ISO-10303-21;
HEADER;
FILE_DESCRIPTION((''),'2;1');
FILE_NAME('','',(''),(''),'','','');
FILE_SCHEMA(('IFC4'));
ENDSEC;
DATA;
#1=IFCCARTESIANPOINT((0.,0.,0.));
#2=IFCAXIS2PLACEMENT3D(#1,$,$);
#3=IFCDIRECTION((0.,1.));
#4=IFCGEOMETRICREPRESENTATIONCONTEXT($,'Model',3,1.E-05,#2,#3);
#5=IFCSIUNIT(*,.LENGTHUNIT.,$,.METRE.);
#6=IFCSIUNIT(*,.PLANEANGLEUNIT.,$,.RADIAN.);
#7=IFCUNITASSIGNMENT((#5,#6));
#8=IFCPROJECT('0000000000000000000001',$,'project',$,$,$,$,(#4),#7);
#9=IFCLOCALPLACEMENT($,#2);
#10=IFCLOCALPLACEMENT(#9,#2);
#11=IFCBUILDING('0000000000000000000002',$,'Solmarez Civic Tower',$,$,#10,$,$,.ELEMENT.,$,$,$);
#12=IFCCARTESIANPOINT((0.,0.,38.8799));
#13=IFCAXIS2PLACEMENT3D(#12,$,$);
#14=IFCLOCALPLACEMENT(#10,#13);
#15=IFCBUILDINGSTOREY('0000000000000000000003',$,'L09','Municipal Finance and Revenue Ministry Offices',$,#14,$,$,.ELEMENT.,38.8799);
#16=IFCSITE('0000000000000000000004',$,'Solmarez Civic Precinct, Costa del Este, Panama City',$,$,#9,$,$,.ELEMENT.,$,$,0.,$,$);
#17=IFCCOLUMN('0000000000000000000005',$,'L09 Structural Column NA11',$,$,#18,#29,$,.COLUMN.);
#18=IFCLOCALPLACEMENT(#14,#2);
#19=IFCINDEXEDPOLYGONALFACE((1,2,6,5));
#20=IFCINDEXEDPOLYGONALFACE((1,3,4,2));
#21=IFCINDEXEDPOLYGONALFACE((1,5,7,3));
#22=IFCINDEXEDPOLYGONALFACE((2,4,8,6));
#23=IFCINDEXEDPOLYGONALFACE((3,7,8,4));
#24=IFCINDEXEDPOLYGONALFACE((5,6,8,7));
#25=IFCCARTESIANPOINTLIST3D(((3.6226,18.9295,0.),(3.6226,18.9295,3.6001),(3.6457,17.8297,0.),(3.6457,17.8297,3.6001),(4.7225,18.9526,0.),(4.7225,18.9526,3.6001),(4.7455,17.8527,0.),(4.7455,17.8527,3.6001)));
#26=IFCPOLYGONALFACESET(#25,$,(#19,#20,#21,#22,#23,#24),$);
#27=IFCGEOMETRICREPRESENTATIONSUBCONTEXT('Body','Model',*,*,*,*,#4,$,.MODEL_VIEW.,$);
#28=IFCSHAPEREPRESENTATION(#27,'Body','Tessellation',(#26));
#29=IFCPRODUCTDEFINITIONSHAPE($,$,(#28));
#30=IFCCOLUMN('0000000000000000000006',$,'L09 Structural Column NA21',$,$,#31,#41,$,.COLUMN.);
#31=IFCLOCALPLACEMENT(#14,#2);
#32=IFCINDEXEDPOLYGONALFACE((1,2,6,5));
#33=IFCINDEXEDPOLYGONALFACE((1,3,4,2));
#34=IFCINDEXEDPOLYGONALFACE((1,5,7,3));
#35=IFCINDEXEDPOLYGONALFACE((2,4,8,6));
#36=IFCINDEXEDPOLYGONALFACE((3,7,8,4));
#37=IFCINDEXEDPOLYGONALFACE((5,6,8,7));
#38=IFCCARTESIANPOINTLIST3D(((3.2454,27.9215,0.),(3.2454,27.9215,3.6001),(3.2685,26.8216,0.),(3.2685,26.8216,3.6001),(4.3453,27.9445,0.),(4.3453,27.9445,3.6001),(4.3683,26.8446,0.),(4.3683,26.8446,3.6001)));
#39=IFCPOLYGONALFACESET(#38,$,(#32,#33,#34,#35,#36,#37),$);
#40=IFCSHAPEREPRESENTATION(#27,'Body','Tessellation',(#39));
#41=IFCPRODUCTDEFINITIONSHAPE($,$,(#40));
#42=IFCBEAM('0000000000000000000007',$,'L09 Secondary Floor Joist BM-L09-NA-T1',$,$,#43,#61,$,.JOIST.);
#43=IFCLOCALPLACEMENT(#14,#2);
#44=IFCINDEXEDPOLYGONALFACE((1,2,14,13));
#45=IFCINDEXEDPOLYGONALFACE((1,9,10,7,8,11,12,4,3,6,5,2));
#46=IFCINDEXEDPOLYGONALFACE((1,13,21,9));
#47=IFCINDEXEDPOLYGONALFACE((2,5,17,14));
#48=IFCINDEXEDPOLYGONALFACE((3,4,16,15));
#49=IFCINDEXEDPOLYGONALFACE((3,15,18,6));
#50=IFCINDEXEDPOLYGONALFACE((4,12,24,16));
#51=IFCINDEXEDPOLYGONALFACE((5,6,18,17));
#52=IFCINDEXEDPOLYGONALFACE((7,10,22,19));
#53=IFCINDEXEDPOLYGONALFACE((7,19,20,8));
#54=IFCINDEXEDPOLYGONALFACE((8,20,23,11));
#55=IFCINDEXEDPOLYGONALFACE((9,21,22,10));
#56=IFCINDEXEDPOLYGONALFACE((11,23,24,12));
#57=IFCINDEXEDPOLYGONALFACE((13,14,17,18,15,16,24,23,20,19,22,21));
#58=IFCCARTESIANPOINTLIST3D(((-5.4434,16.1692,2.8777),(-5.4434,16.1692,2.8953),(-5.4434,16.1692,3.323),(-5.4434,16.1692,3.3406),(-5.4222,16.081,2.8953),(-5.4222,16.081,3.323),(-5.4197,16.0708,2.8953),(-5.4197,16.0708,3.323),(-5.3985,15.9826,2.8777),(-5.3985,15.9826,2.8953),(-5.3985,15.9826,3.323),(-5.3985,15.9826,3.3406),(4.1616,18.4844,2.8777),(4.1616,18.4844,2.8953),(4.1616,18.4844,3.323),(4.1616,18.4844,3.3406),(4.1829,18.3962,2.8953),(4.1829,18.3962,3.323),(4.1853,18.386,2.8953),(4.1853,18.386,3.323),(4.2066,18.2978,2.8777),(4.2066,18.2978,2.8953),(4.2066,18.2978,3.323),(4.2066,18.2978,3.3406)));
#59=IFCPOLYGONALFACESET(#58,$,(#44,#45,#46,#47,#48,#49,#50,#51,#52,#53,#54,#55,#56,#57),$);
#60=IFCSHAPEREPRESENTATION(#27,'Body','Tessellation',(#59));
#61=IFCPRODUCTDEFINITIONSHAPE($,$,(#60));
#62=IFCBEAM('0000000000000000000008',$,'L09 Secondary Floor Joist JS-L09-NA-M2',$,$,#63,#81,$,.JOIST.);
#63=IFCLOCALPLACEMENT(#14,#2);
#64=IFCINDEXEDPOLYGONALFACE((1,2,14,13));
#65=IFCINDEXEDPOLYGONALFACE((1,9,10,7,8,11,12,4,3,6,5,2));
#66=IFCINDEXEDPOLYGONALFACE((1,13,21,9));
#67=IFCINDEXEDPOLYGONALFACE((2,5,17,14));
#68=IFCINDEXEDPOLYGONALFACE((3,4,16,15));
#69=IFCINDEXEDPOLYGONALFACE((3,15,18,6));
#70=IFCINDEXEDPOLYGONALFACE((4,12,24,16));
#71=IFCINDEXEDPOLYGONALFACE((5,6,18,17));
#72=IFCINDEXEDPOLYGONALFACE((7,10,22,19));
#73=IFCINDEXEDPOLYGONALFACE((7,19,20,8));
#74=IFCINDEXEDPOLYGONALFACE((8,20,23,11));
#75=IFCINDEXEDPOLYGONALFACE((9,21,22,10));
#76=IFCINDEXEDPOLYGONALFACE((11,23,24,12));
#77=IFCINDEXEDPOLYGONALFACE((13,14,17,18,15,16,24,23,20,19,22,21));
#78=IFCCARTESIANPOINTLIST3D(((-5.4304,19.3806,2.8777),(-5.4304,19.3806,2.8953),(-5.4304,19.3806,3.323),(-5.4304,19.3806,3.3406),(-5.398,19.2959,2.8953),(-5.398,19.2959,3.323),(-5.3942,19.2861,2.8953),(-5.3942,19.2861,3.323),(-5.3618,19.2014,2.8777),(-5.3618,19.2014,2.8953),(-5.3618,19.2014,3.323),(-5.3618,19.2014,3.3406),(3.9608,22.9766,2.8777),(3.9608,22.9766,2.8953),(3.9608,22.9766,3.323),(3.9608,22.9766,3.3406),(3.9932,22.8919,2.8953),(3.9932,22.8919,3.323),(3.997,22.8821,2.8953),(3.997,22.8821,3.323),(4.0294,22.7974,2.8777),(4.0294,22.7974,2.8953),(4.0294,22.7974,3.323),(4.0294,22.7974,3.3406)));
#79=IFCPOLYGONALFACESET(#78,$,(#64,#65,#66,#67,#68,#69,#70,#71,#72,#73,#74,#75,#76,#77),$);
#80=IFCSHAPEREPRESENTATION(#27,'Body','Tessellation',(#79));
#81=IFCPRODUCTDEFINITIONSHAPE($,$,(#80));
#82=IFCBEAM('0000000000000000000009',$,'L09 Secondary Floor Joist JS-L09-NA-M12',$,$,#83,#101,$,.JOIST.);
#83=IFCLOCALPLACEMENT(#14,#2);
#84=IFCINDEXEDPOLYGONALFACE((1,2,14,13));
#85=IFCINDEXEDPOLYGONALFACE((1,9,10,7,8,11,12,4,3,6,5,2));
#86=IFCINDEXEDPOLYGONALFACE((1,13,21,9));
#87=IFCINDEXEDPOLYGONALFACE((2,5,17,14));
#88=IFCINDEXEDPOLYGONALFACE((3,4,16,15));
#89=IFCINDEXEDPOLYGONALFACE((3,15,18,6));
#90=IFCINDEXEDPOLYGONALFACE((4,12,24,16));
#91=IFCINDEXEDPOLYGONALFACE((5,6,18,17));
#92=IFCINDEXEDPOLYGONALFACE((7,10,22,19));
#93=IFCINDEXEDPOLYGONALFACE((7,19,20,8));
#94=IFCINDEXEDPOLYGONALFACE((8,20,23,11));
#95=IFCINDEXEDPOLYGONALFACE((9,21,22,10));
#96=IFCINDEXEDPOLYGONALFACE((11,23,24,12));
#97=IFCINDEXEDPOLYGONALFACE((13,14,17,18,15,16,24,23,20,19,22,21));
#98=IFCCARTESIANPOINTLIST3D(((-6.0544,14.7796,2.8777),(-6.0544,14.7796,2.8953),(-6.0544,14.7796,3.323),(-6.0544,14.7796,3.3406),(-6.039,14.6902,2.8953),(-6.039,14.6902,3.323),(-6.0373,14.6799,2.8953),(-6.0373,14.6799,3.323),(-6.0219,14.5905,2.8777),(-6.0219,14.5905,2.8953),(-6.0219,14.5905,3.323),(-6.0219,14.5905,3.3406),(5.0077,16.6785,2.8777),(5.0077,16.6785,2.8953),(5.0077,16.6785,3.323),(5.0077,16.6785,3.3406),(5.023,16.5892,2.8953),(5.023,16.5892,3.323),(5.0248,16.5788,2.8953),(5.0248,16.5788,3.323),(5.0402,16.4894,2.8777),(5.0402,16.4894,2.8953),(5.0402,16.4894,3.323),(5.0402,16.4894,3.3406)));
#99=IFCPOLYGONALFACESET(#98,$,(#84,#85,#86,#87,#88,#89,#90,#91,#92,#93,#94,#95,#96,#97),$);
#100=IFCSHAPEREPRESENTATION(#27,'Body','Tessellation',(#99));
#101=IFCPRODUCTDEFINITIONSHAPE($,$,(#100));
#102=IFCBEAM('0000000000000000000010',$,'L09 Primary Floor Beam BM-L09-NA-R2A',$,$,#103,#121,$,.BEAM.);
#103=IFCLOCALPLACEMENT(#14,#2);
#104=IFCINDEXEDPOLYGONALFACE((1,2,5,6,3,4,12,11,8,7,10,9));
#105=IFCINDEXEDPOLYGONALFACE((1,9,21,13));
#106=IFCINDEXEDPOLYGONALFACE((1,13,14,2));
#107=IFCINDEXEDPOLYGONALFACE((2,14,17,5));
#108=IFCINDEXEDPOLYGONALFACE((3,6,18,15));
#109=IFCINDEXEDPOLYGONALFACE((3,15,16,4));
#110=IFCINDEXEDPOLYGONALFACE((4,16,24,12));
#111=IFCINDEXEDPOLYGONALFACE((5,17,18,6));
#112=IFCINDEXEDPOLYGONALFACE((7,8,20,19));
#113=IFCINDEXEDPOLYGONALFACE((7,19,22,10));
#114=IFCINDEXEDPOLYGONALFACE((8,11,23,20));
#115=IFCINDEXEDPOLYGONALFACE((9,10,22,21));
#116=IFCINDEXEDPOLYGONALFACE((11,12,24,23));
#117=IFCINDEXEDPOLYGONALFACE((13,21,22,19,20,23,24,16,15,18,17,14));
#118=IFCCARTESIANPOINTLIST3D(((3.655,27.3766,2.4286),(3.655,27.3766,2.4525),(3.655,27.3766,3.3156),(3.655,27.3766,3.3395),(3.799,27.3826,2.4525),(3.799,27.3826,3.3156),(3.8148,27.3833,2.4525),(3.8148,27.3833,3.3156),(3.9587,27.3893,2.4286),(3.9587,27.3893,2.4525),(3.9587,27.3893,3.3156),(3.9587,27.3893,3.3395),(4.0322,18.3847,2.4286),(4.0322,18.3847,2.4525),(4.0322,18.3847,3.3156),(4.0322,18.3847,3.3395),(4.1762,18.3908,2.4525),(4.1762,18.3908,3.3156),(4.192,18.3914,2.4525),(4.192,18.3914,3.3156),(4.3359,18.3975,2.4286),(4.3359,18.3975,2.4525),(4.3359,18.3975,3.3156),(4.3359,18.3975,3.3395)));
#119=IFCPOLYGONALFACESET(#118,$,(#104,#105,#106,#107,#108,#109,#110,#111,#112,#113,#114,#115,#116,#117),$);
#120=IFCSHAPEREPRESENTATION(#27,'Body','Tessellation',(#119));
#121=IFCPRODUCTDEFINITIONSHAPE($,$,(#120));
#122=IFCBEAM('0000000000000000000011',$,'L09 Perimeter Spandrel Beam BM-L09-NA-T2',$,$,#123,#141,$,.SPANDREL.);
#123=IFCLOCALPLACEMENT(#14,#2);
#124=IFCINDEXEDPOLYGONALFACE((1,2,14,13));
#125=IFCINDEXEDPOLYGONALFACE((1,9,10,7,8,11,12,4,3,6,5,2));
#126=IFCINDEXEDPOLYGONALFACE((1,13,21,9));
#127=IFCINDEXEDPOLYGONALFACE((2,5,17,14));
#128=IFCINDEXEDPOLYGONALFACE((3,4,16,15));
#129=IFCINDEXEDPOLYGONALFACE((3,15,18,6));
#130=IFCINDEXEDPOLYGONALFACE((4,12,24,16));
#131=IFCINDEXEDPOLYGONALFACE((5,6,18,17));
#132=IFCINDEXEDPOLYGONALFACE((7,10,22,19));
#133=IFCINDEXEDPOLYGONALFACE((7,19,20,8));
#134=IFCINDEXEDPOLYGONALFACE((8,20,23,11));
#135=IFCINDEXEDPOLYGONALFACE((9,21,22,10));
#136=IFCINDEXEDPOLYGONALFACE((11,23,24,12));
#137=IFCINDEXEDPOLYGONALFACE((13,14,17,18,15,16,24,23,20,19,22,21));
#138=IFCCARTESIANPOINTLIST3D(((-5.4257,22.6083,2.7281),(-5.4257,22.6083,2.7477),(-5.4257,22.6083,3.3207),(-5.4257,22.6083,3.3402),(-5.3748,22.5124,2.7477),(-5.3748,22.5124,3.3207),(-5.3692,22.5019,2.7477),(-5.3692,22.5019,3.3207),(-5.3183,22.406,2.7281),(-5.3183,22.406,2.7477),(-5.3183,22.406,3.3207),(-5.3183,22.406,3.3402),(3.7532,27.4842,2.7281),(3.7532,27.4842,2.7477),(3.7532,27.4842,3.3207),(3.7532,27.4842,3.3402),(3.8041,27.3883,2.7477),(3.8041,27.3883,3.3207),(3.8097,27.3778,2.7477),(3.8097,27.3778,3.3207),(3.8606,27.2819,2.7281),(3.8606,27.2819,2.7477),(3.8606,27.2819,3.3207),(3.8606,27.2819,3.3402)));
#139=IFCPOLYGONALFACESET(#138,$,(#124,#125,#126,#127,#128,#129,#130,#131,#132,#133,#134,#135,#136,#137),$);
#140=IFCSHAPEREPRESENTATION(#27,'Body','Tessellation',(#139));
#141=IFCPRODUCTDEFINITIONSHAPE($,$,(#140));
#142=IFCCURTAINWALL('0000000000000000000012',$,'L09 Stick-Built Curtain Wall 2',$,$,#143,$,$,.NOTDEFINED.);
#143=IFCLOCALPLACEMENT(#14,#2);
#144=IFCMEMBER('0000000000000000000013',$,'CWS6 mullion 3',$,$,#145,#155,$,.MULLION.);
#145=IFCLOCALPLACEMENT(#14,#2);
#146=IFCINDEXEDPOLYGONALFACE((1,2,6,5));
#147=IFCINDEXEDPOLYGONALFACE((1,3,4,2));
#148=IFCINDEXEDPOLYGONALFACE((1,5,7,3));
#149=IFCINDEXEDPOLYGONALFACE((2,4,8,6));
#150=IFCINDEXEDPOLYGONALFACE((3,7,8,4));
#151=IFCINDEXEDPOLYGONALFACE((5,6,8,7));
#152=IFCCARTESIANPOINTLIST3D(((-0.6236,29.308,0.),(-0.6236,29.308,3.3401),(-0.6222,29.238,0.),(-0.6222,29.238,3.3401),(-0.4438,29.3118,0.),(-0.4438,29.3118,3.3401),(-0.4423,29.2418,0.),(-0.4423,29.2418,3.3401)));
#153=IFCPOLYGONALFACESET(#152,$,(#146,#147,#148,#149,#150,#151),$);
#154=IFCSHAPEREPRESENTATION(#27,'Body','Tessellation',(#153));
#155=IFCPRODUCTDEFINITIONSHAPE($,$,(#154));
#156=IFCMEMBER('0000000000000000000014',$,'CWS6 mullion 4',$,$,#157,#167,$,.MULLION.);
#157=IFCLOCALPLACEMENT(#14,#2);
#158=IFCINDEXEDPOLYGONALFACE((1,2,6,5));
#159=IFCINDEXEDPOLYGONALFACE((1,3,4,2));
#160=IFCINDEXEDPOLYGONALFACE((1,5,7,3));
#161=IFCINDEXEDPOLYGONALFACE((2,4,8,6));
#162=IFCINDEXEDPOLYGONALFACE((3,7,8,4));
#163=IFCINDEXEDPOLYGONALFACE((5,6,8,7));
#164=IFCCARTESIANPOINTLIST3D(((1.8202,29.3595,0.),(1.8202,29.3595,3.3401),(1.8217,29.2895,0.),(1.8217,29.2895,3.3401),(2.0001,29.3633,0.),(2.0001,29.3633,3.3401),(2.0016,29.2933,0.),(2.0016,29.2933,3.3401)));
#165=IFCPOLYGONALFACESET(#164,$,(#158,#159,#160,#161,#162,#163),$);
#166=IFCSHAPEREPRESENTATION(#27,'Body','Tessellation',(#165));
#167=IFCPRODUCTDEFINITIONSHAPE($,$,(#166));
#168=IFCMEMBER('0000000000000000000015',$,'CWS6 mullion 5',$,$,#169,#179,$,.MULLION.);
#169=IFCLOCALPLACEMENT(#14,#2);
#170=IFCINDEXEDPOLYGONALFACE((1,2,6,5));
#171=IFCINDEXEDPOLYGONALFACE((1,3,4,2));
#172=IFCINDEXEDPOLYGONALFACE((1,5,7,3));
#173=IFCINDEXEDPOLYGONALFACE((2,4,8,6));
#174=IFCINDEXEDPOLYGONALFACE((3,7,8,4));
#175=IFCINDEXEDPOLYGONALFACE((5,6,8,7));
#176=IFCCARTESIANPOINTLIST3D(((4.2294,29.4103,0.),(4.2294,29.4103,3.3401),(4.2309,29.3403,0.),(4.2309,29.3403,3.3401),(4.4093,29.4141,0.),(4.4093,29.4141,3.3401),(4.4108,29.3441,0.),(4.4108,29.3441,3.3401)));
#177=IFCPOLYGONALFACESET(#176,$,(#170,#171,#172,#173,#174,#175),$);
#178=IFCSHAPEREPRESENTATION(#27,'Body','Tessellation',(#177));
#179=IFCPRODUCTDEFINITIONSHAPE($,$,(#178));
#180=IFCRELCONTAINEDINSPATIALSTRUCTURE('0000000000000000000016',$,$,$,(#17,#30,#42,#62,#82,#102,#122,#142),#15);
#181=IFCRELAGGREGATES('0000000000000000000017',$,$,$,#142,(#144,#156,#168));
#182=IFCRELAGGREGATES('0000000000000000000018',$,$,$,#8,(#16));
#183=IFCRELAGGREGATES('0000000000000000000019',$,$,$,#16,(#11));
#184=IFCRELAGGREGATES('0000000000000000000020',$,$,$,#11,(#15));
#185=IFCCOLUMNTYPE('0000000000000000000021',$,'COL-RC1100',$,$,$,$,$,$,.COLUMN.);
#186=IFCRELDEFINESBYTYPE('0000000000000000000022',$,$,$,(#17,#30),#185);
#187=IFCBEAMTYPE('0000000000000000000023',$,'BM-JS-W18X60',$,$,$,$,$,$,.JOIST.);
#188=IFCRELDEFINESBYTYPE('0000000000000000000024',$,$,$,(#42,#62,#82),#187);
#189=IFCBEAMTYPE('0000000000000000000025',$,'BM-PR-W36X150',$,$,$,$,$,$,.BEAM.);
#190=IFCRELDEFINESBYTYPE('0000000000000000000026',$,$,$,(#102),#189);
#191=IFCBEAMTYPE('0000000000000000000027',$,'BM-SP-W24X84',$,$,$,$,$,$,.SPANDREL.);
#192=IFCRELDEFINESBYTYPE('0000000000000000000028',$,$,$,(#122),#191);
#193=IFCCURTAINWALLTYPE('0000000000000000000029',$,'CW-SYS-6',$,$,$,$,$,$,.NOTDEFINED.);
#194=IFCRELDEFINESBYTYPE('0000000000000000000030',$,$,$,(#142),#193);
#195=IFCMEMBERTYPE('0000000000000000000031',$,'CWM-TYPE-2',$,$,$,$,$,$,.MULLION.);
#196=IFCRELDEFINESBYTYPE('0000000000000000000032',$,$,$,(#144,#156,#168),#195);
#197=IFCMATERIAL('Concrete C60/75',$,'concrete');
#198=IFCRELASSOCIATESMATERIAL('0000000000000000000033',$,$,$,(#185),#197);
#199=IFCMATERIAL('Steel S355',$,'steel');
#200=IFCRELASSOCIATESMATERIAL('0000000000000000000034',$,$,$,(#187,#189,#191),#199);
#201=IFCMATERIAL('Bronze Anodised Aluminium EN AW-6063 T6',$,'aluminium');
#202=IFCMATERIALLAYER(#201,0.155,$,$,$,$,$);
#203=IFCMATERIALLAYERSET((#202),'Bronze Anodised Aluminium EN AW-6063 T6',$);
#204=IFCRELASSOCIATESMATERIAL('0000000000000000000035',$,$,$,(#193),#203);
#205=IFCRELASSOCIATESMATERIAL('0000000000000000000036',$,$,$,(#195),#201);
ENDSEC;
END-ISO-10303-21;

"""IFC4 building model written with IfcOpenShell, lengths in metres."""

from ifc_helpers import new_model, si_unit, direction, frame, origin, origin_2d, place, context, subcontext, project, spatial, rectangle, i_section, extrude, material, layer, layer_set, material_profile, profile_set, type_object, element, aggregate, save


model = new_model("IFC4")

# Units and contexts
model_context = context("Model", 3, precision=1e-05, world=origin(), true_north=direction((0.0, 1.0)))
body_context = subcontext(model_context, "Body", "Model", "MODEL_VIEW")
ifc_project = project(units=[si_unit("LENGTHUNIT", "METRE"), si_unit("PLANEANGLEUNIT", "RADIAN")], contexts=[model_context])

# Site, building, storey
site_placement = place(None, origin())
site = spatial("IfcSite", under=ifc_project, at=site_placement, Name="Solmarez Civic Precinct, Costa del Este, Panama City", CompositionType="ELEMENT", RefElevation=0.0)
building_placement = place(site_placement, origin())
building = spatial("IfcBuilding", under=site, at=building_placement, Name="Solmarez Civic Tower", CompositionType="ELEMENT")
storey_placement = place(building_placement, frame((0.0, 0.0, 38.8799)))
storey = spatial("IfcBuildingStorey", under=building, at=storey_placement, Name="L09", Description="Municipal Finance and Revenue Ministry Offices", CompositionType="ELEMENT", Elevation=38.8799)

# Columns
ifc_material_1 = material(Name="Concrete C60/75", Category="concrete")
ifc_material_profile_1 = material_profile(ifc_material_1, rectangle(XDim=1.1001, YDim=1.1001, at=origin_2d()), Name="RC1100X1100")
ifc_profile_set_1 = profile_set([ifc_material_profile_1], Name="Concrete C60/75")
column_type = type_object("IfcColumnType", Name="COL-RC1100", PredefinedType="COLUMN", material=ifc_profile_set_1)
for number, where, z_axis, x_axis, name in (
    (1, (4.1841, 18.3911, 0.0), (0.0, 0.0, 1.0), (0.999781, 0.020942, 0.0), "L09 Structural Column NA11"),
    (2, (3.8069, 27.3831, 0.0), (0.0, 0.0, 1.0), (0.999781, 0.020942, 0.0), "L09 Structural Column NA21"),
):
    element("IfcColumn", number, at=place(storey_placement, frame(where, z_axis=z_axis, x_axis=x_axis)), inside=storey, type_object=column_type, Name=name, PredefinedType="COLUMN", context=body_context, shape_type="SweptSolid", body=[
        extrude(rectangle(XDim=1.1001, YDim=1.1001, at=origin_2d()), origin(), (0.0, 0.0, 1.0), 3.6001),
    ])

# Beams
ifc_material_2 = material(Name="Steel S355", Category="steel")
ifc_material_profile_2 = material_profile(ifc_material_2, i_section(OverallWidth=0.1919, OverallDepth=0.4629, WebThickness=0.0105, FlangeThickness=0.0176, at=origin_2d()), Name="W18X60")
ifc_profile_set_2 = profile_set([ifc_material_profile_2], Name="Steel S355")
beam_type_1 = type_object("IfcBeamType", Name="BM-JS-W18X60", PredefinedType="JOIST", material=ifc_profile_set_2)
beam_1_placement = place(storey_placement, frame((4.1841, 18.3911, 3.1091), z_axis=(-0.972157, -0.234329, 0.0), x_axis=(0.234329, -0.972157, 0.0)))
element("IfcBeam", 3, at=beam_1_placement, inside=storey, type_object=beam_type_1, Name="L09 Secondary Floor Joist BM-L09-NA-T1", PredefinedType="JOIST", context=body_context, shape_type="SweptSolid", body=[
    extrude(i_section(OverallWidth=0.1919, OverallDepth=0.4629, WebThickness=0.0105, FlangeThickness=0.0176, at=origin_2d()), origin(), (0.0, 0.0, 1.0), 9.8801),
])
beam_2_placement = place(storey_placement, frame((3.9951, 22.887, 3.1091), z_axis=(-0.933878, -0.357591, 0.0), x_axis=(0.357591, -0.933878, 0.0)))
element("IfcBeam", 4, at=beam_2_placement, inside=storey, type_object=beam_type_1, Name="L09 Secondary Floor Joist JS-L09-NA-M2", PredefinedType="JOIST", context=body_context, shape_type="SweptSolid", body=[
    extrude(i_section(OverallWidth=0.1919, OverallDepth=0.4629, WebThickness=0.0105, FlangeThickness=0.0176, at=origin_2d()), origin(), (0.0, 0.0, 1.0), 10.0562),
])
beam_3_placement = place(storey_placement, frame((5.0239, 16.584, 3.1091), z_axis=(-0.985584, -0.169187, 0.0), x_axis=(0.169187, -0.985584, 0.0)))
element("IfcBeam", 5, at=beam_3_placement, inside=storey, type_object=beam_type_1, Name="L09 Secondary Floor Joist JS-L09-NA-M12", PredefinedType="JOIST", context=body_context, shape_type="SweptSolid", body=[
    extrude(i_section(OverallWidth=0.1919, OverallDepth=0.4629, WebThickness=0.0105, FlangeThickness=0.0176, at=origin_2d()), origin(), (0.0, 0.0, 1.0), 11.2239),
])
ifc_material_profile_3 = material_profile(ifc_material_2, i_section(OverallWidth=0.304, OverallDepth=0.9109, WebThickness=0.0159, FlangeThickness=0.0239, at=origin_2d()), Name="W36X150")
ifc_profile_set_3 = profile_set([ifc_material_profile_3], Name="Steel S355")
beam_type_2 = type_object("IfcBeamType", Name="BM-PR-W36X150", PredefinedType="BEAM", material=ifc_profile_set_3)
beam_4_placement = place(storey_placement, frame((4.1841, 18.3911, 2.884), z_axis=(-0.041911, 0.999121, 0.0), x_axis=(-0.999121, -0.041911, 0.0)))
element("IfcBeam", 6, at=beam_4_placement, inside=storey, type_object=beam_type_2, Name="L09 Primary Floor Beam BM-L09-NA-R2A", PredefinedType="BEAM", context=body_context, shape_type="SweptSolid", body=[
    extrude(i_section(OverallWidth=0.304, OverallDepth=0.9109, WebThickness=0.0159, FlangeThickness=0.0239, at=origin_2d()), origin(), (0.0, 0.0, 1.0), 8.9998),
])
ifc_material_profile_4 = material_profile(ifc_material_2, i_section(OverallWidth=0.229, OverallDepth=0.6121, WebThickness=0.012, FlangeThickness=0.0195, at=origin_2d()), Name="W24X84")
ifc_profile_set_4 = profile_set([ifc_material_profile_4], Name="Steel S355")
beam_type_3 = type_object("IfcBeamType", Name="BM-SP-W24X84", PredefinedType="SPANDREL", material=ifc_profile_set_4)
beam_5_placement = place(storey_placement, frame((3.8069, 27.3831, 3.0342), z_axis=(-0.883129, -0.469129, 0.0), x_axis=(0.469129, -0.883129, 0.0)))
element("IfcBeam", 7, at=beam_5_placement, inside=storey, type_object=beam_type_3, Name="L09 Perimeter Spandrel Beam BM-L09-NA-T2", PredefinedType="SPANDREL", context=body_context, shape_type="SweptSolid", body=[
    extrude(i_section(OverallWidth=0.229, OverallDepth=0.6121, WebThickness=0.012, FlangeThickness=0.0195, at=origin_2d()), origin(), (0.0, 0.0, 1.0), 10.3936),
])

# Curtain wall, members
ifc_material_3 = material(Name="Bronze Anodised Aluminium EN AW-6063 T6", Category="aluminium")
ifc_layer_1 = layer(ifc_material_3, 0.155)
ifc_layer_set_1 = layer_set([ifc_layer_1], Name="Bronze Anodised Aluminium EN AW-6063 T6")
curtain_wall_type = type_object("IfcCurtainWallType", Name="CW-SYS-6", PredefinedType="NOTDEFINED", material=ifc_layer_set_1)
curtain_wall_placement = place(storey_placement, origin())
curtain_wall = element("IfcCurtainWall", 8, at=curtain_wall_placement, inside=storey, type_object=curtain_wall_type, Name="L09 Stick-Built Curtain Wall 2", PredefinedType="NOTDEFINED")
ifc_material_profile_5 = material_profile(ifc_material_3, rectangle(XDim=0.0701, YDim=0.1799, at=origin_2d()), Name="CWM-70X180")
ifc_profile_set_5 = profile_set([ifc_material_profile_5], Name="Bronze Anodised Aluminium EN AW-6063 T6")
member_type_1 = type_object("IfcMemberType", Name="CWM-TYPE-2", PredefinedType="MULLION", material=ifc_profile_set_5)
member_1_placement = place(storey_placement, frame((-0.533, 29.2749, 0.0), z_axis=(0.0, 0.0, 1.0), x_axis=(-0.021067, 0.999778, 0.0)))
member_1 = element("IfcMember", 9, at=member_1_placement, type_object=member_type_1, Name="CWS6 mullion 3", PredefinedType="MULLION", context=body_context, shape_type="SweptSolid", body=[
    extrude(rectangle(XDim=0.0701, YDim=0.1799, at=origin_2d()), origin(), (0.0, 0.0, 1.0), 3.3401),
])
member_2_placement = place(storey_placement, frame((1.9109, 29.3264, 0.0), z_axis=(0.0, 0.0, 1.0), x_axis=(-0.021067, 0.999778, 0.0)))
member_2 = element("IfcMember", 10, at=member_2_placement, type_object=member_type_1, Name="CWS6 mullion 4", PredefinedType="MULLION", context=body_context, shape_type="SweptSolid", body=[
    extrude(rectangle(XDim=0.0701, YDim=0.1799, at=origin_2d()), origin(), (0.0, 0.0, 1.0), 3.3401),
])
member_3_placement = place(storey_placement, frame((4.3201, 29.3772, 0.0), z_axis=(0.0, 0.0, 1.0), x_axis=(-0.021067, 0.999778, 0.0)))
member_3 = element("IfcMember", 11, at=member_3_placement, type_object=member_type_1, Name="CWS6 mullion 5", PredefinedType="MULLION", context=body_context, shape_type="SweptSolid", body=[
    extrude(rectangle(XDim=0.0701, YDim=0.1799, at=origin_2d()), origin(), (0.0, 0.0, 1.0), 3.3401),
])
aggregate(curtain_wall, [member_1, member_2, member_3])

save(model, "model.ifc")
